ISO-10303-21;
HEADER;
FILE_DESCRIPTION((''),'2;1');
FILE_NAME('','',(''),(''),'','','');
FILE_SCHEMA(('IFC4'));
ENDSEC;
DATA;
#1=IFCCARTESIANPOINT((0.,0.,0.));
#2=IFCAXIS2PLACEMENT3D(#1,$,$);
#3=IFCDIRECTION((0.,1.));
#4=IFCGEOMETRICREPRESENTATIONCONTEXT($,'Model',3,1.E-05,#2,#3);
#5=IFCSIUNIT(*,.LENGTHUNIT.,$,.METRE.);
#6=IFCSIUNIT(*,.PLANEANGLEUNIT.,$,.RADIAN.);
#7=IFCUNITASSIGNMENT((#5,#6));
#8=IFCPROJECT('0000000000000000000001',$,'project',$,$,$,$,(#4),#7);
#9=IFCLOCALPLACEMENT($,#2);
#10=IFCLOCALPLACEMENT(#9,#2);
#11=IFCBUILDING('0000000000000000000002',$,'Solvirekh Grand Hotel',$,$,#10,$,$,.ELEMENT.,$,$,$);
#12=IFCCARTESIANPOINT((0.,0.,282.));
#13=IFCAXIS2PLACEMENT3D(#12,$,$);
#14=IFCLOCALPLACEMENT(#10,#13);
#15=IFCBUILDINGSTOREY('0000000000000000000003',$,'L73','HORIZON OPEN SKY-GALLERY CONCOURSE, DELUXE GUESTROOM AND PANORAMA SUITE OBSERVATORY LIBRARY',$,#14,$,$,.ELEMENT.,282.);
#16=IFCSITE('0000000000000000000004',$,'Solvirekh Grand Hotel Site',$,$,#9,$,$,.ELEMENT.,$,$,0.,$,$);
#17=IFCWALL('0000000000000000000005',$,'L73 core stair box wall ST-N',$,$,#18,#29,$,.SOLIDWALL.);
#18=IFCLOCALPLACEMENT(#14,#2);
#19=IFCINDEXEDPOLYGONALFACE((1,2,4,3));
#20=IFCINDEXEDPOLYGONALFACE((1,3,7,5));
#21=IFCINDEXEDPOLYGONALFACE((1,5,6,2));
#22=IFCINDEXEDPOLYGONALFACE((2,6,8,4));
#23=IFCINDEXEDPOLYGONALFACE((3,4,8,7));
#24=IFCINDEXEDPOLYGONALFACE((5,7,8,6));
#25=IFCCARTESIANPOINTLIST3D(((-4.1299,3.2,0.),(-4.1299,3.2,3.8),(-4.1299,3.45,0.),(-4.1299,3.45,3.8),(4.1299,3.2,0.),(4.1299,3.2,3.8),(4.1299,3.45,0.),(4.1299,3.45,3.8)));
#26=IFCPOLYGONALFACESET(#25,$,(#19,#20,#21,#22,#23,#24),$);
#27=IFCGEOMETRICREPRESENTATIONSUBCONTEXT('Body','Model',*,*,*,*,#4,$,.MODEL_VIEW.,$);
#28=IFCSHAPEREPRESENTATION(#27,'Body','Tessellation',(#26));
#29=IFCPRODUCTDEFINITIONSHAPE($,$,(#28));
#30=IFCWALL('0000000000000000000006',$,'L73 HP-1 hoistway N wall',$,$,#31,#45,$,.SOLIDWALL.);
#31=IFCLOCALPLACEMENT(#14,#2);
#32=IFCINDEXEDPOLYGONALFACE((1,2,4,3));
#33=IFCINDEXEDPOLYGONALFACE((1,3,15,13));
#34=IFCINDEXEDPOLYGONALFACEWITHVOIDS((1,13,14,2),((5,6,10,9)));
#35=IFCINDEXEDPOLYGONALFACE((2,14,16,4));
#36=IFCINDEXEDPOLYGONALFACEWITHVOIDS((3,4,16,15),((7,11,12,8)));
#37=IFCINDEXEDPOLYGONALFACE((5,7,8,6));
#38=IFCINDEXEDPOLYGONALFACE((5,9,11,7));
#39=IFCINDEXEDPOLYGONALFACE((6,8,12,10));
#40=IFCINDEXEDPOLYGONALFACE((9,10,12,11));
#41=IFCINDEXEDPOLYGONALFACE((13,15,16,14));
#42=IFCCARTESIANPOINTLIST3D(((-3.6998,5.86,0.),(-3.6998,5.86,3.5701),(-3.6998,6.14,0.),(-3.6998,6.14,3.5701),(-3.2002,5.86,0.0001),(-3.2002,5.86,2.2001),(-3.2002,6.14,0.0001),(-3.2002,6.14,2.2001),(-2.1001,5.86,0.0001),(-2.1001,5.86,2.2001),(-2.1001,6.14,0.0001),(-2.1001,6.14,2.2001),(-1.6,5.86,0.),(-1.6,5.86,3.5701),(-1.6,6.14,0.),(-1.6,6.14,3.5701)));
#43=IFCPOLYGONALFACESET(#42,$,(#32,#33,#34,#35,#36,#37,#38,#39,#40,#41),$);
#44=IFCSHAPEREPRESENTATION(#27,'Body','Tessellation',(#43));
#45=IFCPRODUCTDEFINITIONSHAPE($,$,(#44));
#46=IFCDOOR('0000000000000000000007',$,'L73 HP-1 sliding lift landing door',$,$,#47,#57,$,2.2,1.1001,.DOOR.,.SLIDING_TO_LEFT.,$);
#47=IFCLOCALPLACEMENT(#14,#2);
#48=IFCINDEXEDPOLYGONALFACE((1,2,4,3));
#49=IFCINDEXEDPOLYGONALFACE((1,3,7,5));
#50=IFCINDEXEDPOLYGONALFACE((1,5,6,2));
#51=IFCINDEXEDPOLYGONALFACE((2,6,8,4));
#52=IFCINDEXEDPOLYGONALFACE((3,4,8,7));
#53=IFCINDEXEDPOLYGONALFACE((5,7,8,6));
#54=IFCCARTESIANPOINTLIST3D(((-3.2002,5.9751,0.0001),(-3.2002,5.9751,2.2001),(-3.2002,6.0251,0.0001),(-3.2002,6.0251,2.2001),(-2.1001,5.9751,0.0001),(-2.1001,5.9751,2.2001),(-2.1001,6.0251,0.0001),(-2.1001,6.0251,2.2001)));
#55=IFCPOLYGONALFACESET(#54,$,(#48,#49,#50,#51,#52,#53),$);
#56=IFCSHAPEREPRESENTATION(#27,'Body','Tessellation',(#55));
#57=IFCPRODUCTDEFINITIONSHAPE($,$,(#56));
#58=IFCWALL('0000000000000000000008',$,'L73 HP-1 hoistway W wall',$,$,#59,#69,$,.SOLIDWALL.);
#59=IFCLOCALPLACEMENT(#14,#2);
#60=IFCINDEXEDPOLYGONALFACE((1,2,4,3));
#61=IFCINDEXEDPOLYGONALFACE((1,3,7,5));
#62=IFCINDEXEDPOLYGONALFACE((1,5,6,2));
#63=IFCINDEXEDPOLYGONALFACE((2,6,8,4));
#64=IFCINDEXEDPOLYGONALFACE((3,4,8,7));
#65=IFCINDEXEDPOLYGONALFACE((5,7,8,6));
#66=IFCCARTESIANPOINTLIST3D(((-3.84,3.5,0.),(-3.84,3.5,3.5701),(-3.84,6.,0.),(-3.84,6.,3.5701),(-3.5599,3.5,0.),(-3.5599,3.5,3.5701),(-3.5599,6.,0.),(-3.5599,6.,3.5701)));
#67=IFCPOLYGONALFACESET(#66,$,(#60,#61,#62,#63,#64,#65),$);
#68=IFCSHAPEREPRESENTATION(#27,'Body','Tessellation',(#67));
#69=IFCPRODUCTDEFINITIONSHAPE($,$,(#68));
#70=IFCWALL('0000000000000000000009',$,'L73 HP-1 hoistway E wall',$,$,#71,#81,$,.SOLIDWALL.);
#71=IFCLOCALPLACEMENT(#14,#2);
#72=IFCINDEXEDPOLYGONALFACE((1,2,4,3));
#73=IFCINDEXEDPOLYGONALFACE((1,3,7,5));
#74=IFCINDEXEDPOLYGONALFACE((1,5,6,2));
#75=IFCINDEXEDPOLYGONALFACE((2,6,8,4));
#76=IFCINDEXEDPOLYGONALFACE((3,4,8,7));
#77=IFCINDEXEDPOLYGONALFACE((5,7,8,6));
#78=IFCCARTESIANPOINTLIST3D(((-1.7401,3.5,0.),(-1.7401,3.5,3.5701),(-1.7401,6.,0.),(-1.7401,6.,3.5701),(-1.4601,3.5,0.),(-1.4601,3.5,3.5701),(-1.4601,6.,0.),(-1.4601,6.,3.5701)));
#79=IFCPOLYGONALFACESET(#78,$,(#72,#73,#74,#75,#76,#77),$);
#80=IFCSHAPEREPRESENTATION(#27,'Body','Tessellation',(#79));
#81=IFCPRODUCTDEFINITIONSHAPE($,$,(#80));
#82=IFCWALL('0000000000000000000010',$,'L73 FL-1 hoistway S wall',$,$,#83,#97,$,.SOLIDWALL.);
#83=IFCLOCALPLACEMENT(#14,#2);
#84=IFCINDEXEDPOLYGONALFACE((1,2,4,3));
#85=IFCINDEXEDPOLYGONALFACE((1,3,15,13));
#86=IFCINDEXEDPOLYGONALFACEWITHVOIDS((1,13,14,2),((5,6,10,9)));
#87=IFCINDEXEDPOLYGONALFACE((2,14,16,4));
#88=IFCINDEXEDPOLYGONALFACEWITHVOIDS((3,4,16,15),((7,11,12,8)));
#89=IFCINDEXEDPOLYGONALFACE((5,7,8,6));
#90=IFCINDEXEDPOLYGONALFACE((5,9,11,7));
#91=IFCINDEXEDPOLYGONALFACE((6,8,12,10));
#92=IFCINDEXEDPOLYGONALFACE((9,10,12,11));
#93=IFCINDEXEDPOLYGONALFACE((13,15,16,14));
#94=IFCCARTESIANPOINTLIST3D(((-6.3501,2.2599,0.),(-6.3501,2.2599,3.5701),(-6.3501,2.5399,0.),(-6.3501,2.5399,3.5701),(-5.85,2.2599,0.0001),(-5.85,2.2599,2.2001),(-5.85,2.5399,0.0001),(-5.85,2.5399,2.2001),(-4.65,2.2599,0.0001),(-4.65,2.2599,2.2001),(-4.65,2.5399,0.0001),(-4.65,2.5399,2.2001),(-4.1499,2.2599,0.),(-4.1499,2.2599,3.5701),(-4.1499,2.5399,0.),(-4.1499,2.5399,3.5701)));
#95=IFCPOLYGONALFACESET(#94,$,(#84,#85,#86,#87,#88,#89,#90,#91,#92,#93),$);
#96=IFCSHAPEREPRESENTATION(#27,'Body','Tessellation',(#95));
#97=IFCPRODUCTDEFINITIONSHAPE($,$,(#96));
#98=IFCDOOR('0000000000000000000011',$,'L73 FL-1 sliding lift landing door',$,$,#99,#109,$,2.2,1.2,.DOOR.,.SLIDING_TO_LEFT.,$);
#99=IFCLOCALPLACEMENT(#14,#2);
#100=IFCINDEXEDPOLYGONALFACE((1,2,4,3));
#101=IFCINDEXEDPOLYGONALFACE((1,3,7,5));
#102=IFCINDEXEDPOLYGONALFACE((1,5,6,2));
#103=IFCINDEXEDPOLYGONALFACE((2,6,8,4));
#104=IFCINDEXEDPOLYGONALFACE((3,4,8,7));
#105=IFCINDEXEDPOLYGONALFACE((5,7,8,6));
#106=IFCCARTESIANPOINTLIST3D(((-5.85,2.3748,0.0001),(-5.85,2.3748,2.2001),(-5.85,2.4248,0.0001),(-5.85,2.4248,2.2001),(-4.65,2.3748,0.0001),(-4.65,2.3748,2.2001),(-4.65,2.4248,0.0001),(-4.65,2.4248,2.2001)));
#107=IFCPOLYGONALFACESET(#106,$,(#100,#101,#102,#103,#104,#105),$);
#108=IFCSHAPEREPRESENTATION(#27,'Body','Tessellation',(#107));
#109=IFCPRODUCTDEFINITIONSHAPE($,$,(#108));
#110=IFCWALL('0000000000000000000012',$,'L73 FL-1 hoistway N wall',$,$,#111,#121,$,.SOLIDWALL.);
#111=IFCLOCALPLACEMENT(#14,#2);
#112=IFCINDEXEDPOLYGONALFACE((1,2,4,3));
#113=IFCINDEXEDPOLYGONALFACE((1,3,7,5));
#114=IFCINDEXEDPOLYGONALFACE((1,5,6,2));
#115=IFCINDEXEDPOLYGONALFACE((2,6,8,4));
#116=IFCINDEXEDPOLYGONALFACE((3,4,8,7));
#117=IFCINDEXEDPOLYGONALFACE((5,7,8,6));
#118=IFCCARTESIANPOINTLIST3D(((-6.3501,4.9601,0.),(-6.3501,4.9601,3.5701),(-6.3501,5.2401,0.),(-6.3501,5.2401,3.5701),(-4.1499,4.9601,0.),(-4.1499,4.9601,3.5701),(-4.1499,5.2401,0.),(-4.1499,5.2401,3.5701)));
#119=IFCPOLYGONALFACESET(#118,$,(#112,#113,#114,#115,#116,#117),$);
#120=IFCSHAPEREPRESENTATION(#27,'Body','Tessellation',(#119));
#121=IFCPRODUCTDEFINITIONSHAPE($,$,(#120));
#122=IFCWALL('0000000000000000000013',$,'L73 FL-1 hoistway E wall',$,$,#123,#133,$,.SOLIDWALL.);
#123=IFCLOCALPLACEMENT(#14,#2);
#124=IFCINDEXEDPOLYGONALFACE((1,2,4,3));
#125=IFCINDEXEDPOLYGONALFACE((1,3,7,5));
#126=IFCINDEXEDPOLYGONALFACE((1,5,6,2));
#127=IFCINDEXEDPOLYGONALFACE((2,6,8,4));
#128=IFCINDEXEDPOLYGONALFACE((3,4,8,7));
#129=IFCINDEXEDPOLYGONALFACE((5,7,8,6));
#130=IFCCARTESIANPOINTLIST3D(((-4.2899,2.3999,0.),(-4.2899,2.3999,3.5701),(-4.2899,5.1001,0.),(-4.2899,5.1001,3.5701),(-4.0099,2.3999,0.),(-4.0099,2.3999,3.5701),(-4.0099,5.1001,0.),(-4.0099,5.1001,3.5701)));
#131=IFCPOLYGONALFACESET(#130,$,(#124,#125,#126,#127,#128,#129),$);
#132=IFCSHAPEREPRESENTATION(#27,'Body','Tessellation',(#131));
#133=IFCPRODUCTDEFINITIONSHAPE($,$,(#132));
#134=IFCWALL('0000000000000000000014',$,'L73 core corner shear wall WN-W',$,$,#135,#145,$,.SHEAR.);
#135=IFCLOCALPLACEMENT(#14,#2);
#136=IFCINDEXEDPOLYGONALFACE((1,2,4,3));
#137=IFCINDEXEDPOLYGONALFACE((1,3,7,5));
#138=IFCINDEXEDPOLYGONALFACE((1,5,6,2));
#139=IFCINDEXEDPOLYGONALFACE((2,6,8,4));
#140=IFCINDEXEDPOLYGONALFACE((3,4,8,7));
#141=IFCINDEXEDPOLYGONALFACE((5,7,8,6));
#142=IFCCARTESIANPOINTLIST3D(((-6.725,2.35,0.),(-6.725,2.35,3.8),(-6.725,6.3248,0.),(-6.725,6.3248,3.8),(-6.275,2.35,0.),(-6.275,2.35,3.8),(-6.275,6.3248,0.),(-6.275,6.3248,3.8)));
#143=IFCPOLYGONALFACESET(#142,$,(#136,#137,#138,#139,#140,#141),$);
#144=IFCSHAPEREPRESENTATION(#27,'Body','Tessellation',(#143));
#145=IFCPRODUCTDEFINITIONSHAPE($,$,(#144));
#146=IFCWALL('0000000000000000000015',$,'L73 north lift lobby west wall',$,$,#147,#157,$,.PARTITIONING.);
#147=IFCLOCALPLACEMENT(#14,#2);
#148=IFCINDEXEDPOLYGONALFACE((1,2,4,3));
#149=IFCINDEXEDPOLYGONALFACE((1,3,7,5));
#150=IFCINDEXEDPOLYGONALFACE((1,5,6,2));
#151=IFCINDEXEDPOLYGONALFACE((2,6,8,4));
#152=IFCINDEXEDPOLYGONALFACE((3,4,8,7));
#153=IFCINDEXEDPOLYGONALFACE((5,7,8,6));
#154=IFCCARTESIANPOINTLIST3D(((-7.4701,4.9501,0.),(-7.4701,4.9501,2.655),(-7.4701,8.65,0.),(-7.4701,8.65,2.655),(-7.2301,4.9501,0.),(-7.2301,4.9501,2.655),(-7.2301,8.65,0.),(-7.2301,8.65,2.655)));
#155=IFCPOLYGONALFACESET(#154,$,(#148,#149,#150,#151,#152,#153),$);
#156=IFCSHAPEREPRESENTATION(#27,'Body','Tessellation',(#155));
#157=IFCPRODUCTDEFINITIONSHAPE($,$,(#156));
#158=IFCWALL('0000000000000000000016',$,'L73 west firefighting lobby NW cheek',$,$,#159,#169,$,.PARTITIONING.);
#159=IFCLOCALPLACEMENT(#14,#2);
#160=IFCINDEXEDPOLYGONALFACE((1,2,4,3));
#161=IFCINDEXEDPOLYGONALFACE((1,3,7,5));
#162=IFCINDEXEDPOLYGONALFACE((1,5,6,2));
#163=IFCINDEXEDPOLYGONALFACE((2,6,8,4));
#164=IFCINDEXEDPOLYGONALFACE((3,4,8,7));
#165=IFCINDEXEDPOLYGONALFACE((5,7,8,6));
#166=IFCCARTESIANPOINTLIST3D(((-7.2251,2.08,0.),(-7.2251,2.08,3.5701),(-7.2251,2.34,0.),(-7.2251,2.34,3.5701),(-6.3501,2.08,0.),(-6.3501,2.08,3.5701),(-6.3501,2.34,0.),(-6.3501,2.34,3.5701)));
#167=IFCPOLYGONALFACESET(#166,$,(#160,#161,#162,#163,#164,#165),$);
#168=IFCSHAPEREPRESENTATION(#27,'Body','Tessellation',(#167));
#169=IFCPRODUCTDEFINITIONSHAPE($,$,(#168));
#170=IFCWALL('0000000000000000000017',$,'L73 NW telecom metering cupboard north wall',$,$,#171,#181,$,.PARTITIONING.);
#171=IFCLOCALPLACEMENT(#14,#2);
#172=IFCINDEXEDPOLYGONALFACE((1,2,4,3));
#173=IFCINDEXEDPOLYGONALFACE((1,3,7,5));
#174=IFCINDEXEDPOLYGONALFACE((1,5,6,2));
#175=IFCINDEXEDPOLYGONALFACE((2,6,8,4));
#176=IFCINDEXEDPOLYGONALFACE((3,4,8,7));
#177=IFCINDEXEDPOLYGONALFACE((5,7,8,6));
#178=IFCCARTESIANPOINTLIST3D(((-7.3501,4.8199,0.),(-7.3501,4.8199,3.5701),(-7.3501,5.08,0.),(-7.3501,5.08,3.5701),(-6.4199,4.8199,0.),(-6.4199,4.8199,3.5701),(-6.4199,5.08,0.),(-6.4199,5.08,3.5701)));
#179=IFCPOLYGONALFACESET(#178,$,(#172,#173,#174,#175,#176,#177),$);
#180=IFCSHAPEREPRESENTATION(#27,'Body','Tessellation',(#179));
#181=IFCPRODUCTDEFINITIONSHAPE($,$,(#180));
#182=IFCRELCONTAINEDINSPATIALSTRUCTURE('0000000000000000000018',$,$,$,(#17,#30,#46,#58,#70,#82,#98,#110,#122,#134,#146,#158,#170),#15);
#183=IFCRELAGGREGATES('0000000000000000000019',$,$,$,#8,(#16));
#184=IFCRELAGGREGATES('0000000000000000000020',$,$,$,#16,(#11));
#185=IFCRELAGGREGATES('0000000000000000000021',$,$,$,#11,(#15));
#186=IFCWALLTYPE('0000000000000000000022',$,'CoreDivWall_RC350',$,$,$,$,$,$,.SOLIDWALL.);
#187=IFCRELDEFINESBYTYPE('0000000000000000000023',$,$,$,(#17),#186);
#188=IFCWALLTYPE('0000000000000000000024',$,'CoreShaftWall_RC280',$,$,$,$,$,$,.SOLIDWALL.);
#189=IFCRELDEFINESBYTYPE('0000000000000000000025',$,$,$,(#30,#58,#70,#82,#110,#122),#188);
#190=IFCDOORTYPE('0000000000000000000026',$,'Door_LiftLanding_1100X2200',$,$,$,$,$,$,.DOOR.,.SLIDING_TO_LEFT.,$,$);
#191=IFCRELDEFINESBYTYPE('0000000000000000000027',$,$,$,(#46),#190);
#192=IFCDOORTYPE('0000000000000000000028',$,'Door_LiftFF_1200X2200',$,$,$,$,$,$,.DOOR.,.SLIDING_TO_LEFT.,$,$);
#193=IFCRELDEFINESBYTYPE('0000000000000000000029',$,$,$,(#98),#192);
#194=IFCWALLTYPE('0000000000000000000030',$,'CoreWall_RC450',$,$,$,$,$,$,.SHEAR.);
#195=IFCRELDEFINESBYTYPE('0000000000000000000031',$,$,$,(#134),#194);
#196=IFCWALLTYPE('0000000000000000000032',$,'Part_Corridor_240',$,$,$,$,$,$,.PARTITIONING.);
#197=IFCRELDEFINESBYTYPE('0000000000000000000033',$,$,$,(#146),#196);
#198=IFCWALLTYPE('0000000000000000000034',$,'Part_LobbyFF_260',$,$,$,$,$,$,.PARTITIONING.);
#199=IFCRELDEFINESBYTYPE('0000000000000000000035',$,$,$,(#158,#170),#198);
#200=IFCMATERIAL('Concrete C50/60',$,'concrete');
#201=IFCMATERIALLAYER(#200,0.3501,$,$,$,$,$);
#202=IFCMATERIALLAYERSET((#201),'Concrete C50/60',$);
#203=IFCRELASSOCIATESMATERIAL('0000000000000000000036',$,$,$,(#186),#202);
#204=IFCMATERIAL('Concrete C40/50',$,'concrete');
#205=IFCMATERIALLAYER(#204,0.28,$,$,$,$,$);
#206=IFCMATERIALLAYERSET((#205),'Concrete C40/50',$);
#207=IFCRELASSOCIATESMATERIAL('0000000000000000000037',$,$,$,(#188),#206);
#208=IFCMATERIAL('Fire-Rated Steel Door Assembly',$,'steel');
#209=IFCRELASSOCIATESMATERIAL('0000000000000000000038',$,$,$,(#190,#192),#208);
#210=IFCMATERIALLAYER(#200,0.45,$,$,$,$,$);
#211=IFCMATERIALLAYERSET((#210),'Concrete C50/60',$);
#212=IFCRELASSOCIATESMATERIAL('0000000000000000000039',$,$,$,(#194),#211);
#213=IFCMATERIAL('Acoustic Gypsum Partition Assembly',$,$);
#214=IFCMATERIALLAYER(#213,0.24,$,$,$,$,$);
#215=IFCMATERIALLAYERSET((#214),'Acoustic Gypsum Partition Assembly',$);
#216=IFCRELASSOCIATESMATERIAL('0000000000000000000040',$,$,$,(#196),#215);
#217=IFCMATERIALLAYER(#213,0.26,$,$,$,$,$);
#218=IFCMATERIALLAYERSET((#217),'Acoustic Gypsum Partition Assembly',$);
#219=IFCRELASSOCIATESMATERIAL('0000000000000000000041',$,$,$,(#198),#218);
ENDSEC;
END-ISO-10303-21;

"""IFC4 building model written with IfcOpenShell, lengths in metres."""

from ifc_helpers import new_model, si_unit, direction, frame, frame_2d, origin, place, context, subcontext, project, spatial, rectangle, extrude, material, layer, layer_set, type_object, element, fill, save


model = new_model("IFC4")

# Units and contexts
model_context = context("Model", 3, precision=1e-05, world=origin(), true_north=direction((0.0, 1.0)))
body_context = subcontext(model_context, "Body", "Model", "MODEL_VIEW")
ifc_project = project(units=[si_unit("LENGTHUNIT", "METRE"), si_unit("PLANEANGLEUNIT", "RADIAN")], contexts=[model_context])

# Site, building, storey
site_placement = place(None, origin())
site = spatial("IfcSite", under=ifc_project, at=site_placement, Name="Solvirekh Grand Hotel Site", CompositionType="ELEMENT", RefElevation=0.0)
building_placement = place(site_placement, origin())
building = spatial("IfcBuilding", under=site, at=building_placement, Name="Solvirekh Grand Hotel", CompositionType="ELEMENT")
storey_placement = place(building_placement, frame((0.0, 0.0, 282.0)))
storey = spatial("IfcBuildingStorey", under=building, at=storey_placement, Name="L73", Description="HORIZON OPEN SKY-GALLERY CONCOURSE, DELUXE GUESTROOM AND PANORAMA SUITE OBSERVATORY LIBRARY", CompositionType="ELEMENT", Elevation=282.0)

# Wall
ifc_material_1 = material(Name="Concrete C50/60", Category="concrete")
ifc_layer_1 = layer(ifc_material_1, 0.3501)
ifc_layer_set_1 = layer_set([ifc_layer_1], Name="Concrete C50/60")
wall_type_1 = type_object("IfcWallType", Name="CoreDivWall_RC350", PredefinedType="SOLIDWALL", material=ifc_layer_set_1)
wall_1_placement = place(storey_placement, frame((-4.1299, 3.325, 0.0), z_axis=(0.0, 0.0, 1.0), x_axis=(1.0, 0.0, 0.0)))
element("IfcWall", 1, at=wall_1_placement, inside=storey, type_object=wall_type_1, Name="L73 core stair box wall ST-N", PredefinedType="SOLIDWALL", context=body_context, shape_type="SweptSolid", body=[
    extrude(rectangle(XDim=8.2598, YDim=0.25, at=frame_2d((4.1299, 0.0))), origin(), (0.0, 0.0, 1.0), 3.8),
])

# Wall, opening, door
ifc_material_2 = material(Name="Concrete C40/50", Category="concrete")
ifc_layer_2 = layer(ifc_material_2, 0.28)
ifc_layer_set_2 = layer_set([ifc_layer_2], Name="Concrete C40/50")
wall_type_2 = type_object("IfcWallType", Name="CoreShaftWall_RC280", PredefinedType="SOLIDWALL", material=ifc_layer_set_2)
wall_2_placement = place(storey_placement, frame((-1.6001, 6.0, 0.0), z_axis=(0.0, 0.0, 1.0), x_axis=(-1.0, 0.0, 0.0)))
wall_2 = element("IfcWall", 2, at=wall_2_placement, inside=storey, type_object=wall_type_2, Name="L73 HP-1 hoistway N wall", PredefinedType="SOLIDWALL", context=body_context, shape_type="SweptSolid", body=[
    extrude(rectangle(XDim=2.0999, YDim=0.28, at=frame_2d((1.0498, 0.0))), origin(), (0.0, 0.0, 1.0), 3.5701),
])
opening_1_placement = place(wall_2_placement, frame((0.5, 0.0, 0.0)))
opening_1 = element("IfcOpeningElement", 3, at=opening_1_placement, cuts=wall_2, PredefinedType="OPENING", context=body_context, shape_type="SweptSolid", body=[
    extrude(rectangle(XDim=1.1001, YDim=2.2, at=frame_2d((0.55, 1.1001))), frame((0.0, 0.1499, 0.0), z_axis=(0.0, -1.0, 0.0), x_axis=(1.0, 0.0, 0.0)), (0.0, 0.0, 1.0), 0.3),
])
ifc_material_3 = material(Name="Fire-Rated Steel Door Assembly", Category="steel")
door_type_1 = type_object("IfcDoorType", Name="Door_LiftLanding_1100X2200", OperationType="SLIDING_TO_LEFT", PredefinedType="DOOR", material=ifc_material_3)
door_1_placement = place(opening_1_placement, origin())
door_1 = element("IfcDoor", 4, at=door_1_placement, inside=storey, type_object=door_type_1, Name="L73 HP-1 sliding lift landing door", OperationType="SLIDING_TO_LEFT", OverallHeight=2.2, OverallWidth=1.1001, PredefinedType="DOOR", context=body_context, shape_type="SweptSolid", body=[
    extrude(rectangle(XDim=1.1001, YDim=2.2, at=frame_2d((0.55, 1.1001))), frame((0.0, 0.0249, 0.0), z_axis=(0.0, -1.0, 0.0), x_axis=(1.0, 0.0, 0.0)), (0.0, 0.0, 1.0), 0.05),
])
fill(opening_1, door_1)

# Walls
for number, where, z_axis, x_axis, name in (
    (5, (-3.7, 6.0, 0.0), (0.0, 0.0, 1.0), (0.0, -1.0, 0.0), "L73 HP-1 hoistway W wall"),
    (6, (-1.6001, 3.5, 0.0), (0.0, 0.0, 1.0), (0.0, 1.0, 0.0), "L73 HP-1 hoistway E wall"),
):
    element("IfcWall", number, at=place(storey_placement, frame(where, z_axis=z_axis, x_axis=x_axis)), inside=storey, type_object=wall_type_2, Name=name, PredefinedType="SOLIDWALL", context=body_context, shape_type="SweptSolid", body=[
        extrude(rectangle(XDim=2.5, YDim=0.28, at=frame_2d((1.25, 0.0))), origin(), (0.0, 0.0, 1.0), 3.5701),
    ])

# Wall, opening, door
wall_3_placement = place(storey_placement, frame((-6.3501, 2.3999, 0.0), z_axis=(0.0, 0.0, 1.0), x_axis=(1.0, 0.0, 0.0)))
wall_3 = element("IfcWall", 7, at=wall_3_placement, inside=storey, type_object=wall_type_2, Name="L73 FL-1 hoistway S wall", PredefinedType="SOLIDWALL", context=body_context, shape_type="SweptSolid", body=[
    extrude(rectangle(XDim=2.2002, YDim=0.28, at=frame_2d((1.1001, 0.0))), origin(), (0.0, 0.0, 1.0), 3.5701),
])
opening_2_placement = place(wall_3_placement, frame((0.5, 0.0, 0.0)))
opening_2 = element("IfcOpeningElement", 8, at=opening_2_placement, cuts=wall_3, PredefinedType="OPENING", context=body_context, shape_type="SweptSolid", body=[
    extrude(rectangle(XDim=1.2, YDim=2.2, at=frame_2d((0.6001, 1.1001))), frame((0.0, 0.1499, 0.0), z_axis=(0.0, -1.0, 0.0), x_axis=(1.0, 0.0, 0.0)), (0.0, 0.0, 1.0), 0.3),
])
door_type_2 = type_object("IfcDoorType", Name="Door_LiftFF_1200X2200", OperationType="SLIDING_TO_LEFT", PredefinedType="DOOR", material=ifc_material_3)
door_2_placement = place(opening_2_placement, origin())
door_2 = element("IfcDoor", 9, at=door_2_placement, inside=storey, type_object=door_type_2, Name="L73 FL-1 sliding lift landing door", OperationType="SLIDING_TO_LEFT", OverallHeight=2.2, OverallWidth=1.2, PredefinedType="DOOR", context=body_context, shape_type="SweptSolid", body=[
    extrude(rectangle(XDim=1.2, YDim=2.2, at=frame_2d((0.6001, 1.1001))), frame((0.0, 0.0249, 0.0), z_axis=(0.0, -1.0, 0.0), x_axis=(1.0, 0.0, 0.0)), (0.0, 0.0, 1.0), 0.05),
])
fill(opening_2, door_2)

# Walls
wall_4_placement = place(storey_placement, frame((-4.1499, 5.1001, 0.0), z_axis=(0.0, 0.0, 1.0), x_axis=(-1.0, 0.0, 0.0)))
element("IfcWall", 10, at=wall_4_placement, inside=storey, type_object=wall_type_2, Name="L73 FL-1 hoistway N wall", PredefinedType="SOLIDWALL", context=body_context, shape_type="SweptSolid", body=[
    extrude(rectangle(XDim=2.2002, YDim=0.28, at=frame_2d((1.1001, 0.0))), origin(), (0.0, 0.0, 1.0), 3.5701),
])
wall_5_placement = place(storey_placement, frame((-4.1499, 2.3999, 0.0), z_axis=(0.0, 0.0, 1.0), x_axis=(0.0, 1.0, 0.0)))
element("IfcWall", 11, at=wall_5_placement, inside=storey, type_object=wall_type_2, Name="L73 FL-1 hoistway E wall", PredefinedType="SOLIDWALL", context=body_context, shape_type="SweptSolid", body=[
    extrude(rectangle(XDim=2.7002, YDim=0.28, at=frame_2d((1.3501, 0.0))), origin(), (0.0, 0.0, 1.0), 3.5701),
])
ifc_layer_3 = layer(ifc_material_1, 0.45)
ifc_layer_set_3 = layer_set([ifc_layer_3], Name="Concrete C50/60")
wall_type_3 = type_object("IfcWallType", Name="CoreWall_RC450", PredefinedType="SHEAR", material=ifc_layer_set_3)
wall_6_placement = place(storey_placement, frame((-6.5, 2.3501, 0.0), z_axis=(0.0, 0.0, 1.0), x_axis=(0.0, 1.0, 0.0)))
element("IfcWall", 12, at=wall_6_placement, inside=storey, type_object=wall_type_3, Name="L73 core corner shear wall WN-W", PredefinedType="SHEAR", context=body_context, shape_type="SweptSolid", body=[
    extrude(rectangle(XDim=3.9749, YDim=0.45, at=frame_2d((1.9873, 0.0))), origin(), (0.0, 0.0, 1.0), 3.8),
])
ifc_material_4 = material(Name="Acoustic Gypsum Partition Assembly")
ifc_layer_4 = layer(ifc_material_4, 0.24)
ifc_layer_set_4 = layer_set([ifc_layer_4], Name="Acoustic Gypsum Partition Assembly")
wall_type_4 = type_object("IfcWallType", Name="Part_Corridor_240", PredefinedType="PARTITIONING", material=ifc_layer_set_4)
wall_7_placement = place(storey_placement, frame((-7.3501, 4.95, 0.0), z_axis=(0.0, 0.0, 1.0), x_axis=(0.0, 1.0, 0.0)))
element("IfcWall", 13, at=wall_7_placement, inside=storey, type_object=wall_type_4, Name="L73 north lift lobby west wall", PredefinedType="PARTITIONING", context=body_context, shape_type="SweptSolid", body=[
    extrude(rectangle(XDim=3.7, YDim=0.24, at=frame_2d((1.8501, 0.0))), origin(), (0.0, 0.0, 1.0), 2.655),
])
ifc_layer_5 = layer(ifc_material_4, 0.26)
ifc_layer_set_5 = layer_set([ifc_layer_5], Name="Acoustic Gypsum Partition Assembly")
wall_type_5 = type_object("IfcWallType", Name="Part_LobbyFF_260", PredefinedType="PARTITIONING", material=ifc_layer_set_5)
wall_8_placement = place(storey_placement, frame((-7.2251, 2.21, 0.0), z_axis=(0.0, 0.0, 1.0), x_axis=(1.0, 0.0, 0.0)))
element("IfcWall", 14, at=wall_8_placement, inside=storey, type_object=wall_type_5, Name="L73 west firefighting lobby NW cheek", PredefinedType="PARTITIONING", context=body_context, shape_type="SweptSolid", body=[
    extrude(rectangle(XDim=0.875, YDim=0.26, at=frame_2d((0.4375, 0.0))), origin(), (0.0, 0.0, 1.0), 3.5701),
])
for number, where, z_axis, x_axis, name in (
    (15, (-7.3501, 4.95, 0.0), (0.0, 0.0, 1.0), (1.0, 0.0, 0.0), "L73 NW telecom metering cupboard north wall"),
):
    element("IfcWall", number, at=place(storey_placement, frame(where, z_axis=z_axis, x_axis=x_axis)), inside=storey, type_object=wall_type_5, Name=name, PredefinedType="PARTITIONING", context=body_context, shape_type="SweptSolid", body=[
        extrude(rectangle(XDim=0.9302, YDim=0.26, at=frame_2d((0.4651, 0.0))), origin(), (0.0, 0.0, 1.0), 3.5701),
    ])

save(model, "model.ifc")
